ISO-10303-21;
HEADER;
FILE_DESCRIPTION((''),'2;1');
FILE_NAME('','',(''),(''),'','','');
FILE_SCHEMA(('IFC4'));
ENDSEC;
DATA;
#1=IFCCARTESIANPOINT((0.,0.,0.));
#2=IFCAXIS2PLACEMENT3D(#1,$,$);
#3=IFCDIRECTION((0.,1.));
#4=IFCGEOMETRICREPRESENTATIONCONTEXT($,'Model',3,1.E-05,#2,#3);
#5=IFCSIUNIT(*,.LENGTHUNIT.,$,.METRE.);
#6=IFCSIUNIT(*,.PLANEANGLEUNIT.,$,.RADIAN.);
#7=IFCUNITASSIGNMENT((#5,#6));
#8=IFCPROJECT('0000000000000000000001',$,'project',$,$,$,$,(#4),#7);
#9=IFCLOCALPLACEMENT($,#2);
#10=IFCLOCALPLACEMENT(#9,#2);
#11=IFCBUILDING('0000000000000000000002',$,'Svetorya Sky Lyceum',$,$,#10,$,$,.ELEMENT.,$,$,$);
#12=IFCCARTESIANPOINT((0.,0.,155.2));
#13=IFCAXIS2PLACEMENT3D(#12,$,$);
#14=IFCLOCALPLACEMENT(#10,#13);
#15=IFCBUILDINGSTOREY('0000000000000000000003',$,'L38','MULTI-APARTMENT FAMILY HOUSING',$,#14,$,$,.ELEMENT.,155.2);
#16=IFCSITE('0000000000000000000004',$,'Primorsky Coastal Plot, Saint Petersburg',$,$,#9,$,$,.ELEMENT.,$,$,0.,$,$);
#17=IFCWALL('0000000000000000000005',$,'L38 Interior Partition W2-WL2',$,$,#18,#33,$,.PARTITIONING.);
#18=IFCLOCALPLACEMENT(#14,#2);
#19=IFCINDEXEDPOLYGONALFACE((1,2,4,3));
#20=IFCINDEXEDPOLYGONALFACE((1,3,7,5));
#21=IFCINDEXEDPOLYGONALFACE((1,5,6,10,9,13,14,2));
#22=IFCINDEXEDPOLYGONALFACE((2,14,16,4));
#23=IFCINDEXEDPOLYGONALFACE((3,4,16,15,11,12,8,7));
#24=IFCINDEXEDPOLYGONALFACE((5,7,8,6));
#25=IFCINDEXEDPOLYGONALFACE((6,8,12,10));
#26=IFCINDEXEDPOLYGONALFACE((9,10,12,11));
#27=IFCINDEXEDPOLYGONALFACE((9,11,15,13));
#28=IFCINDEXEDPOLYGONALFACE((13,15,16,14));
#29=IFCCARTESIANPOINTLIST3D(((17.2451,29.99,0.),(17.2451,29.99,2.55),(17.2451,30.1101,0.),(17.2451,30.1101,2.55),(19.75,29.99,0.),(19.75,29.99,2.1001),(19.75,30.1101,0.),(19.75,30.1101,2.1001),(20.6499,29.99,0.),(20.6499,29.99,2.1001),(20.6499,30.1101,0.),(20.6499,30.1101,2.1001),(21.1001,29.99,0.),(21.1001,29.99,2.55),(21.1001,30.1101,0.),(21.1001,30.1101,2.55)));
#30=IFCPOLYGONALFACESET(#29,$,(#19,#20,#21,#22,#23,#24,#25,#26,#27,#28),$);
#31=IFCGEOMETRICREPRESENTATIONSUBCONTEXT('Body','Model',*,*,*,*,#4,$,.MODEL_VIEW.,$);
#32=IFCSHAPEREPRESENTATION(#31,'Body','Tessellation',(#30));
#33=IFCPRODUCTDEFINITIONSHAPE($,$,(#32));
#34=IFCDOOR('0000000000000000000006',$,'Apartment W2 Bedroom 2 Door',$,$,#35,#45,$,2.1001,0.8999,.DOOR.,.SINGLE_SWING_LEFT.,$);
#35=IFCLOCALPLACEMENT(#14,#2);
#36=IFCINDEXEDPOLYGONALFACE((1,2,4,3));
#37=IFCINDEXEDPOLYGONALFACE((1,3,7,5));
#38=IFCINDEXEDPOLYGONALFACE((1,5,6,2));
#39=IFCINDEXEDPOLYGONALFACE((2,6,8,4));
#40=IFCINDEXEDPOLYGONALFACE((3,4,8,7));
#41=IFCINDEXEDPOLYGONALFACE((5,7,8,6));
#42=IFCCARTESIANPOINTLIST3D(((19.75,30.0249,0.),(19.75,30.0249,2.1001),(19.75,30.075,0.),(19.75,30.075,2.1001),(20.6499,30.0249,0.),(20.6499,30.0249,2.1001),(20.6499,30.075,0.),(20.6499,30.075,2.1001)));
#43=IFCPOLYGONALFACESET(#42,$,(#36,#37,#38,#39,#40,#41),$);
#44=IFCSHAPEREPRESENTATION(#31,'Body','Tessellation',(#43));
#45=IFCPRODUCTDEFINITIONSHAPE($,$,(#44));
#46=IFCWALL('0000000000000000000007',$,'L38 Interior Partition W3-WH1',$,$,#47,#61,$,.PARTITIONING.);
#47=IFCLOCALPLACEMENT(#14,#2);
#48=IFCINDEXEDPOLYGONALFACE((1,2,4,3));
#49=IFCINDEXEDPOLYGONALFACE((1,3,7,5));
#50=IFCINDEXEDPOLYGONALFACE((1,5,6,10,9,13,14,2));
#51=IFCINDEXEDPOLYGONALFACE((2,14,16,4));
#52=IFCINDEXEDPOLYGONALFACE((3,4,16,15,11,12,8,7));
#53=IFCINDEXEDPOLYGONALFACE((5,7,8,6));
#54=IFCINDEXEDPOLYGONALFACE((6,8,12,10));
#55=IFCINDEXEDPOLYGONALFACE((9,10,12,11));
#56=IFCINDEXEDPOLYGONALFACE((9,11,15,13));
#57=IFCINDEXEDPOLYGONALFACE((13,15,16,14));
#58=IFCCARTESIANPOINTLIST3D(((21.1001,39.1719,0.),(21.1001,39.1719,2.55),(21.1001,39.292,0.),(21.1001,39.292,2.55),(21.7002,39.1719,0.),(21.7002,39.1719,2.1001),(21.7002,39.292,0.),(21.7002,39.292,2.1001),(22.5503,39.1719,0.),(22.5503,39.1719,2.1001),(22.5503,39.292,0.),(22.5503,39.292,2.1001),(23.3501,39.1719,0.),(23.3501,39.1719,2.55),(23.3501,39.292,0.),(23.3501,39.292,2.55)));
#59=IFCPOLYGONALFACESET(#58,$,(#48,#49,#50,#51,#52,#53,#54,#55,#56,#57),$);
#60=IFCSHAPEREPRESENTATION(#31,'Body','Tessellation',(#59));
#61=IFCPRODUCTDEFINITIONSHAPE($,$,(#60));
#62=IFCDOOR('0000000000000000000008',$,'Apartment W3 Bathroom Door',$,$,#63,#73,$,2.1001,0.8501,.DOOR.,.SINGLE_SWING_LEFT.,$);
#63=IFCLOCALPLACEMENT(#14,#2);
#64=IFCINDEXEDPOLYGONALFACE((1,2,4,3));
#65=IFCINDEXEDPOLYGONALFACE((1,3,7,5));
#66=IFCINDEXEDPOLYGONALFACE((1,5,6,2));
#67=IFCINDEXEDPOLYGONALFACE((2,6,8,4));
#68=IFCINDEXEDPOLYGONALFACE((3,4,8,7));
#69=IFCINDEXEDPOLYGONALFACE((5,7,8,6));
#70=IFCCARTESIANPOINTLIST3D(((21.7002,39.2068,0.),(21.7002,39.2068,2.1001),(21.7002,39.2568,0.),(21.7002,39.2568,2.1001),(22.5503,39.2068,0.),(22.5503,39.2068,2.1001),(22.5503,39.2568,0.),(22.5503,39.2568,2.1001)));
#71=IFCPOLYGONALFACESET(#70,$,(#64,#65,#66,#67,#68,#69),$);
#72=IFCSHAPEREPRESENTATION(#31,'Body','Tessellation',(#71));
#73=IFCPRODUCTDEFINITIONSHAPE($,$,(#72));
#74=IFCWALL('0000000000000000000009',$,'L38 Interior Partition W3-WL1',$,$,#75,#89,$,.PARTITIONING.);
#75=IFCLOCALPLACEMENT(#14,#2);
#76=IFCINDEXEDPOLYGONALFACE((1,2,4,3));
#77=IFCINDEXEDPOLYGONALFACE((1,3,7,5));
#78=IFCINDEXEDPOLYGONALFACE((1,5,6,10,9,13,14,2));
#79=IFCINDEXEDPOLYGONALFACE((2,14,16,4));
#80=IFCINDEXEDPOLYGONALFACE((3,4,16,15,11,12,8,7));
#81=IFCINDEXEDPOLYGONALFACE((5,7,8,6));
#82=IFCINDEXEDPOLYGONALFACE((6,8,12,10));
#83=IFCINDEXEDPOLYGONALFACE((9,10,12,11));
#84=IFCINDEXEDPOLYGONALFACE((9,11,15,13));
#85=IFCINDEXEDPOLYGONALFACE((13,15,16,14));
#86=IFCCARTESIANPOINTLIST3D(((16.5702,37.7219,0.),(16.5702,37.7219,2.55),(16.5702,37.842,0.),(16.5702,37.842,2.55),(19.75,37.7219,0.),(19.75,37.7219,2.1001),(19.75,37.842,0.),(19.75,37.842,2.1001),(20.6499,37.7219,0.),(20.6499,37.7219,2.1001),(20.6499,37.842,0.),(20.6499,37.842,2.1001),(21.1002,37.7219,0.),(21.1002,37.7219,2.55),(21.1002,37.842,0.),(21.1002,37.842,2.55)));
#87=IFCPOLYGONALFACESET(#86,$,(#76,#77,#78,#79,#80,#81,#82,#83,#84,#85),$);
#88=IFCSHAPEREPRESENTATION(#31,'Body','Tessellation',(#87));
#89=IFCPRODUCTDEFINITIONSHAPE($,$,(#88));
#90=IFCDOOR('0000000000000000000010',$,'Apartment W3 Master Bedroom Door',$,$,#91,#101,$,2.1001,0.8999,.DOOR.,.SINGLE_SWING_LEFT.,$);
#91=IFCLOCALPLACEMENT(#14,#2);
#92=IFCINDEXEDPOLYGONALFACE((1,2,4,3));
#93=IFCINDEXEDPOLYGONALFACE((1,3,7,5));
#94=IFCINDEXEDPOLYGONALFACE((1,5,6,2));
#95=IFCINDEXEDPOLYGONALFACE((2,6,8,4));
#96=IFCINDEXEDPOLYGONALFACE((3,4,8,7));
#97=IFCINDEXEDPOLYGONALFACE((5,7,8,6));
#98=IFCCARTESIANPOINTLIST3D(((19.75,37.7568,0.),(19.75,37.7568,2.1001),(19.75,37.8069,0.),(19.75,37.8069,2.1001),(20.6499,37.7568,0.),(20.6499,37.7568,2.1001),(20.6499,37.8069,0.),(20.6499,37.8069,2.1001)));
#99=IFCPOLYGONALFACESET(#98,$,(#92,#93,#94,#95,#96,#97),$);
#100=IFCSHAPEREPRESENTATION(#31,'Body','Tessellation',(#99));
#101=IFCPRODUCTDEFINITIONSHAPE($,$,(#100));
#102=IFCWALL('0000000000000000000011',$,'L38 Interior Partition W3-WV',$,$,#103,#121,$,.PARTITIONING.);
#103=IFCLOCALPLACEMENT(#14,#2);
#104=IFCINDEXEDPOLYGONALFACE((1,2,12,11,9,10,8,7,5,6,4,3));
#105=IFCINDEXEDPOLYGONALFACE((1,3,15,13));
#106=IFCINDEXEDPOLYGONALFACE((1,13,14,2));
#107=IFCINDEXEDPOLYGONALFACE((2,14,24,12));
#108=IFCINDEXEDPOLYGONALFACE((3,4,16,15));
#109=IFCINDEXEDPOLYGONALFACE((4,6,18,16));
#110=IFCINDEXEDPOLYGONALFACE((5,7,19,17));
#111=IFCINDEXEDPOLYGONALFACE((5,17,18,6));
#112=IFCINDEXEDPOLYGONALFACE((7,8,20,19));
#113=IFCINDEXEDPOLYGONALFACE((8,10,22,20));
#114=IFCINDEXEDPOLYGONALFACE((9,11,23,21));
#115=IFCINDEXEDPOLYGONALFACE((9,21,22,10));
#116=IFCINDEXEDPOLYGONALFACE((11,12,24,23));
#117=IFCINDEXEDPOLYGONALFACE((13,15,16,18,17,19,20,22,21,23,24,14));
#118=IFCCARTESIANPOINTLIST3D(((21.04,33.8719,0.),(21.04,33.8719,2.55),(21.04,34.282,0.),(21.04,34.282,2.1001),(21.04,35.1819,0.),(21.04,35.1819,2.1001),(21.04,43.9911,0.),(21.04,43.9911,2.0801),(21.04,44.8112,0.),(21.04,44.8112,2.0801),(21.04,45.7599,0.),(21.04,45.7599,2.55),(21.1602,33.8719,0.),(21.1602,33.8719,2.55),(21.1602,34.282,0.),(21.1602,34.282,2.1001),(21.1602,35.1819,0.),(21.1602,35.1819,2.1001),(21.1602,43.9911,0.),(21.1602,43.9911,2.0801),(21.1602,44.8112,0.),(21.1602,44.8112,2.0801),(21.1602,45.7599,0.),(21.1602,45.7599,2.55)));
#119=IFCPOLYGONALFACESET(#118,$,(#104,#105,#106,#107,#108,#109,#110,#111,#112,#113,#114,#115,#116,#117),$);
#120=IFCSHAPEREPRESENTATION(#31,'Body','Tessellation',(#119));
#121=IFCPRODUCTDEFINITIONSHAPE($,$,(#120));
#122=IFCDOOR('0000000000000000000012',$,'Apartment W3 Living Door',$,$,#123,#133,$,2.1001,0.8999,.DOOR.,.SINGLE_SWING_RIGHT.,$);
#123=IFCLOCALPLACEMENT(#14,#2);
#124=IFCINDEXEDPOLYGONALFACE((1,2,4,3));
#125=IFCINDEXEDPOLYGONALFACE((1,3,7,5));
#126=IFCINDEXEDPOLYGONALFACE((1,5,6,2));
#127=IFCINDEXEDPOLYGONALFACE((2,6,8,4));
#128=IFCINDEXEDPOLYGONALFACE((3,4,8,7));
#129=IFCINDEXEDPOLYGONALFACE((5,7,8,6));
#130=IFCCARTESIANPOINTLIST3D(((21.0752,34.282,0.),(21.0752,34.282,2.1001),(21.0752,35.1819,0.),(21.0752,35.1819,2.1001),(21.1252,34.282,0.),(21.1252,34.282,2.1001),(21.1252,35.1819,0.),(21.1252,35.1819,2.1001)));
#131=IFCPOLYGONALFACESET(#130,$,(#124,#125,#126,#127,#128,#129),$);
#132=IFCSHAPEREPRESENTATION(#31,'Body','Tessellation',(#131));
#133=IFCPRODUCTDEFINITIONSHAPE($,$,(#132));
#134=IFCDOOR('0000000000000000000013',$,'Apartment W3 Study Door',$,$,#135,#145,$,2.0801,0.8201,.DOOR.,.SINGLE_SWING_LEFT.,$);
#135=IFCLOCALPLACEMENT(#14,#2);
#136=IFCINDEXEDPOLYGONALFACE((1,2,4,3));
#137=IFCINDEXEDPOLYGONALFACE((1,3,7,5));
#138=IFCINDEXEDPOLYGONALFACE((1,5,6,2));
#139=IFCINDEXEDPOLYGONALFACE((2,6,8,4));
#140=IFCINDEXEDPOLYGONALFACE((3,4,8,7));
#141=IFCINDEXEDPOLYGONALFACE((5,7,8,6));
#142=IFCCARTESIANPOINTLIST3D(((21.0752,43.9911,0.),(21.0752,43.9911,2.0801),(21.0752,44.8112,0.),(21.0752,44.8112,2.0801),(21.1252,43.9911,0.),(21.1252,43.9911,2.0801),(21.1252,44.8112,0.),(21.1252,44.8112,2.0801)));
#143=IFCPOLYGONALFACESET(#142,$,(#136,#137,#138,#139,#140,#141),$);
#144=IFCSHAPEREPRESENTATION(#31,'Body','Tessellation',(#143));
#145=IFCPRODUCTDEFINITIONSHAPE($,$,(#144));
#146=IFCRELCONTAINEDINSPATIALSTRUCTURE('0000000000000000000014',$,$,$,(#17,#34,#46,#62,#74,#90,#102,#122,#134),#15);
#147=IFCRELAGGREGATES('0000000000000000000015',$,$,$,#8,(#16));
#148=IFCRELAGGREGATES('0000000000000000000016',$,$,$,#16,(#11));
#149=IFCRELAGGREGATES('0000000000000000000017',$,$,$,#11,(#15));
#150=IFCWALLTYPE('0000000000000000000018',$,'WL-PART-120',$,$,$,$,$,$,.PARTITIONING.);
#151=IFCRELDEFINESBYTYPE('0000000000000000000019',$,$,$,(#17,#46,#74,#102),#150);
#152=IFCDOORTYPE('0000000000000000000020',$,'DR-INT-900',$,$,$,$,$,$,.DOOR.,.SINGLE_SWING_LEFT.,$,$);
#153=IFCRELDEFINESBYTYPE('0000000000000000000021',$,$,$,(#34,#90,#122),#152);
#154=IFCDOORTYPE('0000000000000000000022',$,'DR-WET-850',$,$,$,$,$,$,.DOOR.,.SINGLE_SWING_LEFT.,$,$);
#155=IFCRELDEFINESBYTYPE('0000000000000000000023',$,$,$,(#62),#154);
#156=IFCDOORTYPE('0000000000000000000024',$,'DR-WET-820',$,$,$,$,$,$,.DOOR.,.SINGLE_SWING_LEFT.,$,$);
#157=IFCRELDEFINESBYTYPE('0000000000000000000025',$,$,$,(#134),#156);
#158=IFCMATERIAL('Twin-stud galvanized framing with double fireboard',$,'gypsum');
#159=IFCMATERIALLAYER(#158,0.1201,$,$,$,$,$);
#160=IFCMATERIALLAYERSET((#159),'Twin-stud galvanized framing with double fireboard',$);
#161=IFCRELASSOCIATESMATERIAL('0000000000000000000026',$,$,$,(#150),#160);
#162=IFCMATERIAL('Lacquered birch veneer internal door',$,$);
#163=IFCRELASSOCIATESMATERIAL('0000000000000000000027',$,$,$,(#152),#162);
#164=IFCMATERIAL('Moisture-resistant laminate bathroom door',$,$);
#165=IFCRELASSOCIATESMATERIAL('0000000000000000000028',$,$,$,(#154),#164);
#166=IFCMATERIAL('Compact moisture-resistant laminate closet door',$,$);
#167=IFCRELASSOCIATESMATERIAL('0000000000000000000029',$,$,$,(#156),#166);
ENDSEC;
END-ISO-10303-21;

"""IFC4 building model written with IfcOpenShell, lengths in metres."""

from ifc_helpers import new_model, si_unit, direction, frame, frame_2d, origin, place, context, subcontext, project, spatial, rectangle, extrude, material, layer, layer_set, type_object, element, fill, save


model = new_model("IFC4")

# Units and contexts
model_context = context("Model", 3, precision=1e-05, world=origin(), true_north=direction((0.0, 1.0)))
body_context = subcontext(model_context, "Body", "Model", "MODEL_VIEW")
ifc_project = project(units=[si_unit("LENGTHUNIT", "METRE"), si_unit("PLANEANGLEUNIT", "RADIAN")], contexts=[model_context])

# Site, building, storey
site_placement = place(None, origin())
site = spatial("IfcSite", under=ifc_project, at=site_placement, Name="Primorsky Coastal Plot, Saint Petersburg", CompositionType="ELEMENT", RefElevation=0.0)
building_placement = place(site_placement, origin())
building = spatial("IfcBuilding", under=site, at=building_placement, Name="Svetorya Sky Lyceum", CompositionType="ELEMENT")
storey_placement = place(building_placement, frame((0.0, 0.0, 155.2)))
storey = spatial("IfcBuildingStorey", under=building, at=storey_placement, Name="L38", Description="MULTI-APARTMENT FAMILY HOUSING", CompositionType="ELEMENT", Elevation=155.2)

# Walls, openings, doors
ifc_material_1 = material(Name="Twin-stud galvanized framing with double fireboard", Category="gypsum")
ifc_layer_1 = layer(ifc_material_1, 0.1201)
ifc_layer_set_1 = layer_set([ifc_layer_1], Name="Twin-stud galvanized framing with double fireboard")
wall_type_1 = type_object("IfcWallType", Name="WL-PART-120", PredefinedType="PARTITIONING", material=ifc_layer_set_1)
wall_1_placement = place(storey_placement, frame((17.2451, 30.05, 0.0), z_axis=(0.0, 0.0, 1.0), x_axis=(1.0, 0.0, 0.0)))
wall_1 = element("IfcWall", 1, at=wall_1_placement, inside=storey, type_object=wall_type_1, Name="L38 Interior Partition W2-WL2", PredefinedType="PARTITIONING", context=body_context, shape_type="SweptSolid", body=[
    extrude(rectangle(XDim=3.855, YDim=0.1201, at=frame_2d((1.9275, 0.0))), origin(), (0.0, 0.0, 1.0), 2.55),
])
opening_1_placement = place(wall_1_placement, frame((2.5049, 0.0, 0.0)))
opening_1 = element("IfcOpeningElement", 2, at=opening_1_placement, cuts=wall_1, PredefinedType="OPENING", context=body_context, shape_type="SweptSolid", body=[
    extrude(rectangle(XDim=0.8999, YDim=2.1001, at=frame_2d((0.45, 1.05))), frame((0.0, 0.0701, 0.0), z_axis=(0.0, -1.0, 0.0), x_axis=(1.0, 0.0, 0.0)), (0.0, 0.0, 1.0), 0.1401),
])
ifc_material_2 = material(Name="Lacquered birch veneer internal door")
door_type_1 = type_object("IfcDoorType", Name="DR-INT-900", OperationType="SINGLE_SWING_LEFT", PredefinedType="DOOR", material=ifc_material_2)
door_1_placement = place(opening_1_placement, origin())
door_1 = element("IfcDoor", 3, at=door_1_placement, inside=storey, type_object=door_type_1, Name="Apartment W2 Bedroom 2 Door", OperationType="SINGLE_SWING_LEFT", OverallHeight=2.1001, OverallWidth=0.8999, PredefinedType="DOOR", context=body_context, shape_type="SweptSolid", body=[
    extrude(rectangle(XDim=0.8999, YDim=2.1001, at=frame_2d((0.45, 1.05))), frame((0.0, 0.0249, 0.0), z_axis=(0.0, -1.0, 0.0), x_axis=(1.0, 0.0, 0.0)), (0.0, 0.0, 1.0), 0.05),
])
fill(opening_1, door_1)
wall_2_placement = place(storey_placement, frame((21.1001, 39.2319, 0.0), z_axis=(0.0, 0.0, 1.0), x_axis=(1.0, 0.0, 0.0)))
wall_2 = element("IfcWall", 4, at=wall_2_placement, inside=storey, type_object=wall_type_1, Name="L38 Interior Partition W3-WH1", PredefinedType="PARTITIONING", context=body_context, shape_type="SweptSolid", body=[
    extrude(rectangle(XDim=2.25, YDim=0.1201, at=frame_2d((1.125, 0.0))), origin(), (0.0, 0.0, 1.0), 2.55),
])
opening_2_placement = place(wall_2_placement, frame((0.6001, 0.0, 0.0)))
opening_2 = element("IfcOpeningElement", 5, at=opening_2_placement, cuts=wall_2, PredefinedType="OPENING", context=body_context, shape_type="SweptSolid", body=[
    extrude(rectangle(XDim=0.8501, YDim=2.1001, at=frame_2d((0.425, 1.05))), frame((0.0, 0.0701, 0.0), z_axis=(0.0, -1.0, 0.0), x_axis=(1.0, 0.0, 0.0)), (0.0, 0.0, 1.0), 0.1401),
])
ifc_material_3 = material(Name="Moisture-resistant laminate bathroom door")
door_type_2 = type_object("IfcDoorType", Name="DR-WET-850", OperationType="SINGLE_SWING_LEFT", PredefinedType="DOOR", material=ifc_material_3)
door_2_placement = place(opening_2_placement, origin())
door_2 = element("IfcDoor", 6, at=door_2_placement, inside=storey, type_object=door_type_2, Name="Apartment W3 Bathroom Door", OperationType="SINGLE_SWING_LEFT", OverallHeight=2.1001, OverallWidth=0.8501, PredefinedType="DOOR", context=body_context, shape_type="SweptSolid", body=[
    extrude(rectangle(XDim=0.8501, YDim=2.1001, at=frame_2d((0.425, 1.05))), frame((0.0, 0.0249, 0.0), z_axis=(0.0, -1.0, 0.0), x_axis=(1.0, 0.0, 0.0)), (0.0, 0.0, 1.0), 0.05),
])
fill(opening_2, door_2)
wall_3_placement = place(storey_placement, frame((16.5701, 37.782, 0.0), z_axis=(0.0, 0.0, 1.0), x_axis=(1.0, 0.0, 0.0)))
wall_3 = element("IfcWall", 7, at=wall_3_placement, inside=storey, type_object=wall_type_1, Name="L38 Interior Partition W3-WL1", PredefinedType="PARTITIONING", context=body_context, shape_type="SweptSolid", body=[
    extrude(rectangle(XDim=4.53, YDim=0.1201, at=frame_2d((2.2651, 0.0))), origin(), (0.0, 0.0, 1.0), 2.55),
])
opening_3_placement = place(wall_3_placement, frame((3.1799, 0.0, 0.0)))
opening_3 = element("IfcOpeningElement", 8, at=opening_3_placement, cuts=wall_3, PredefinedType="OPENING", context=body_context, shape_type="SweptSolid", body=[
    extrude(rectangle(XDim=0.8999, YDim=2.1001, at=frame_2d((0.45, 1.05))), frame((0.0, 0.0701, 0.0), z_axis=(0.0, -1.0, 0.0), x_axis=(1.0, 0.0, 0.0)), (0.0, 0.0, 1.0), 0.1401),
])
door_3_placement = place(opening_3_placement, origin())
door_3 = element("IfcDoor", 9, at=door_3_placement, inside=storey, type_object=door_type_1, Name="Apartment W3 Master Bedroom Door", OperationType="SINGLE_SWING_LEFT", OverallHeight=2.1001, OverallWidth=0.8999, PredefinedType="DOOR", context=body_context, shape_type="SweptSolid", body=[
    extrude(rectangle(XDim=0.8999, YDim=2.1001, at=frame_2d((0.45, 1.05))), frame((0.0, 0.0249, 0.0), z_axis=(0.0, -1.0, 0.0), x_axis=(1.0, 0.0, 0.0)), (0.0, 0.0, 1.0), 0.05),
])
fill(opening_3, door_3)

# Wall, openings, doors
wall_4_placement = place(storey_placement, frame((21.1001, 33.8721, 0.0), z_axis=(0.0, 0.0, 1.0), x_axis=(0.0, 1.0, 0.0)))
wall_4 = element("IfcWall", 10, at=wall_4_placement, inside=storey, type_object=wall_type_1, Name="L38 Interior Partition W3-WV", PredefinedType="PARTITIONING", context=body_context, shape_type="SweptSolid", body=[
    extrude(rectangle(XDim=11.8879, YDim=0.1201, at=frame_2d((5.9438, 0.0))), origin(), (0.0, 0.0, 1.0), 2.55),
])
opening_4_placement = place(wall_4_placement, frame((0.4099, 0.0, 0.0)))
opening_4 = element("IfcOpeningElement", 11, at=opening_4_placement, cuts=wall_4, PredefinedType="OPENING", context=body_context, shape_type="SweptSolid", body=[
    extrude(rectangle(XDim=0.8999, YDim=2.1001, at=frame_2d((0.45, 1.05))), frame((0.0, 0.0701, 0.0), z_axis=(0.0, -1.0, 0.0), x_axis=(1.0, 0.0, 0.0)), (0.0, 0.0, 1.0), 0.1401),
])
opening_5_placement = place(wall_4_placement, frame((10.1189, 0.0, 0.0)))
opening_5 = element("IfcOpeningElement", 12, at=opening_5_placement, cuts=wall_4, PredefinedType="OPENING", context=body_context, shape_type="SweptSolid", body=[
    extrude(rectangle(XDim=0.8201, YDim=2.0801, at=frame_2d((0.4102, 1.04))), frame((0.0, 0.0701, 0.0), z_axis=(0.0, -1.0, 0.0), x_axis=(1.0, 0.0, 0.0)), (0.0, 0.0, 1.0), 0.1401),
])
door_4_placement = place(opening_4_placement, origin())
door_4 = element("IfcDoor", 13, at=door_4_placement, inside=storey, type_object=door_type_1, Name="Apartment W3 Living Door", OperationType="SINGLE_SWING_RIGHT", OverallHeight=2.1001, OverallWidth=0.8999, PredefinedType="DOOR", context=body_context, shape_type="SweptSolid", body=[
    extrude(rectangle(XDim=0.8999, YDim=2.1001, at=frame_2d((0.45, 1.05))), frame((0.0, 0.0249, 0.0), z_axis=(0.0, -1.0, 0.0), x_axis=(1.0, 0.0, 0.0)), (0.0, 0.0, 1.0), 0.05),
])
fill(opening_4, door_4)
ifc_material_4 = material(Name="Compact moisture-resistant laminate closet door")
door_type_3 = type_object("IfcDoorType", Name="DR-WET-820", OperationType="SINGLE_SWING_LEFT", PredefinedType="DOOR", material=ifc_material_4)
door_5_placement = place(opening_5_placement, origin())
door_5 = element("IfcDoor", 14, at=door_5_placement, inside=storey, type_object=door_type_3, Name="Apartment W3 Study Door", OperationType="SINGLE_SWING_LEFT", OverallHeight=2.0801, OverallWidth=0.8201, PredefinedType="DOOR", context=body_context, shape_type="SweptSolid", body=[
    extrude(rectangle(XDim=0.8201, YDim=2.0801, at=frame_2d((0.4102, 1.04))), frame((0.0, 0.0249, 0.0), z_axis=(0.0, -1.0, 0.0), x_axis=(1.0, 0.0, 0.0)), (0.0, 0.0, 1.0), 0.05),
])
fill(opening_5, door_5)

save(model, "model.ifc")
